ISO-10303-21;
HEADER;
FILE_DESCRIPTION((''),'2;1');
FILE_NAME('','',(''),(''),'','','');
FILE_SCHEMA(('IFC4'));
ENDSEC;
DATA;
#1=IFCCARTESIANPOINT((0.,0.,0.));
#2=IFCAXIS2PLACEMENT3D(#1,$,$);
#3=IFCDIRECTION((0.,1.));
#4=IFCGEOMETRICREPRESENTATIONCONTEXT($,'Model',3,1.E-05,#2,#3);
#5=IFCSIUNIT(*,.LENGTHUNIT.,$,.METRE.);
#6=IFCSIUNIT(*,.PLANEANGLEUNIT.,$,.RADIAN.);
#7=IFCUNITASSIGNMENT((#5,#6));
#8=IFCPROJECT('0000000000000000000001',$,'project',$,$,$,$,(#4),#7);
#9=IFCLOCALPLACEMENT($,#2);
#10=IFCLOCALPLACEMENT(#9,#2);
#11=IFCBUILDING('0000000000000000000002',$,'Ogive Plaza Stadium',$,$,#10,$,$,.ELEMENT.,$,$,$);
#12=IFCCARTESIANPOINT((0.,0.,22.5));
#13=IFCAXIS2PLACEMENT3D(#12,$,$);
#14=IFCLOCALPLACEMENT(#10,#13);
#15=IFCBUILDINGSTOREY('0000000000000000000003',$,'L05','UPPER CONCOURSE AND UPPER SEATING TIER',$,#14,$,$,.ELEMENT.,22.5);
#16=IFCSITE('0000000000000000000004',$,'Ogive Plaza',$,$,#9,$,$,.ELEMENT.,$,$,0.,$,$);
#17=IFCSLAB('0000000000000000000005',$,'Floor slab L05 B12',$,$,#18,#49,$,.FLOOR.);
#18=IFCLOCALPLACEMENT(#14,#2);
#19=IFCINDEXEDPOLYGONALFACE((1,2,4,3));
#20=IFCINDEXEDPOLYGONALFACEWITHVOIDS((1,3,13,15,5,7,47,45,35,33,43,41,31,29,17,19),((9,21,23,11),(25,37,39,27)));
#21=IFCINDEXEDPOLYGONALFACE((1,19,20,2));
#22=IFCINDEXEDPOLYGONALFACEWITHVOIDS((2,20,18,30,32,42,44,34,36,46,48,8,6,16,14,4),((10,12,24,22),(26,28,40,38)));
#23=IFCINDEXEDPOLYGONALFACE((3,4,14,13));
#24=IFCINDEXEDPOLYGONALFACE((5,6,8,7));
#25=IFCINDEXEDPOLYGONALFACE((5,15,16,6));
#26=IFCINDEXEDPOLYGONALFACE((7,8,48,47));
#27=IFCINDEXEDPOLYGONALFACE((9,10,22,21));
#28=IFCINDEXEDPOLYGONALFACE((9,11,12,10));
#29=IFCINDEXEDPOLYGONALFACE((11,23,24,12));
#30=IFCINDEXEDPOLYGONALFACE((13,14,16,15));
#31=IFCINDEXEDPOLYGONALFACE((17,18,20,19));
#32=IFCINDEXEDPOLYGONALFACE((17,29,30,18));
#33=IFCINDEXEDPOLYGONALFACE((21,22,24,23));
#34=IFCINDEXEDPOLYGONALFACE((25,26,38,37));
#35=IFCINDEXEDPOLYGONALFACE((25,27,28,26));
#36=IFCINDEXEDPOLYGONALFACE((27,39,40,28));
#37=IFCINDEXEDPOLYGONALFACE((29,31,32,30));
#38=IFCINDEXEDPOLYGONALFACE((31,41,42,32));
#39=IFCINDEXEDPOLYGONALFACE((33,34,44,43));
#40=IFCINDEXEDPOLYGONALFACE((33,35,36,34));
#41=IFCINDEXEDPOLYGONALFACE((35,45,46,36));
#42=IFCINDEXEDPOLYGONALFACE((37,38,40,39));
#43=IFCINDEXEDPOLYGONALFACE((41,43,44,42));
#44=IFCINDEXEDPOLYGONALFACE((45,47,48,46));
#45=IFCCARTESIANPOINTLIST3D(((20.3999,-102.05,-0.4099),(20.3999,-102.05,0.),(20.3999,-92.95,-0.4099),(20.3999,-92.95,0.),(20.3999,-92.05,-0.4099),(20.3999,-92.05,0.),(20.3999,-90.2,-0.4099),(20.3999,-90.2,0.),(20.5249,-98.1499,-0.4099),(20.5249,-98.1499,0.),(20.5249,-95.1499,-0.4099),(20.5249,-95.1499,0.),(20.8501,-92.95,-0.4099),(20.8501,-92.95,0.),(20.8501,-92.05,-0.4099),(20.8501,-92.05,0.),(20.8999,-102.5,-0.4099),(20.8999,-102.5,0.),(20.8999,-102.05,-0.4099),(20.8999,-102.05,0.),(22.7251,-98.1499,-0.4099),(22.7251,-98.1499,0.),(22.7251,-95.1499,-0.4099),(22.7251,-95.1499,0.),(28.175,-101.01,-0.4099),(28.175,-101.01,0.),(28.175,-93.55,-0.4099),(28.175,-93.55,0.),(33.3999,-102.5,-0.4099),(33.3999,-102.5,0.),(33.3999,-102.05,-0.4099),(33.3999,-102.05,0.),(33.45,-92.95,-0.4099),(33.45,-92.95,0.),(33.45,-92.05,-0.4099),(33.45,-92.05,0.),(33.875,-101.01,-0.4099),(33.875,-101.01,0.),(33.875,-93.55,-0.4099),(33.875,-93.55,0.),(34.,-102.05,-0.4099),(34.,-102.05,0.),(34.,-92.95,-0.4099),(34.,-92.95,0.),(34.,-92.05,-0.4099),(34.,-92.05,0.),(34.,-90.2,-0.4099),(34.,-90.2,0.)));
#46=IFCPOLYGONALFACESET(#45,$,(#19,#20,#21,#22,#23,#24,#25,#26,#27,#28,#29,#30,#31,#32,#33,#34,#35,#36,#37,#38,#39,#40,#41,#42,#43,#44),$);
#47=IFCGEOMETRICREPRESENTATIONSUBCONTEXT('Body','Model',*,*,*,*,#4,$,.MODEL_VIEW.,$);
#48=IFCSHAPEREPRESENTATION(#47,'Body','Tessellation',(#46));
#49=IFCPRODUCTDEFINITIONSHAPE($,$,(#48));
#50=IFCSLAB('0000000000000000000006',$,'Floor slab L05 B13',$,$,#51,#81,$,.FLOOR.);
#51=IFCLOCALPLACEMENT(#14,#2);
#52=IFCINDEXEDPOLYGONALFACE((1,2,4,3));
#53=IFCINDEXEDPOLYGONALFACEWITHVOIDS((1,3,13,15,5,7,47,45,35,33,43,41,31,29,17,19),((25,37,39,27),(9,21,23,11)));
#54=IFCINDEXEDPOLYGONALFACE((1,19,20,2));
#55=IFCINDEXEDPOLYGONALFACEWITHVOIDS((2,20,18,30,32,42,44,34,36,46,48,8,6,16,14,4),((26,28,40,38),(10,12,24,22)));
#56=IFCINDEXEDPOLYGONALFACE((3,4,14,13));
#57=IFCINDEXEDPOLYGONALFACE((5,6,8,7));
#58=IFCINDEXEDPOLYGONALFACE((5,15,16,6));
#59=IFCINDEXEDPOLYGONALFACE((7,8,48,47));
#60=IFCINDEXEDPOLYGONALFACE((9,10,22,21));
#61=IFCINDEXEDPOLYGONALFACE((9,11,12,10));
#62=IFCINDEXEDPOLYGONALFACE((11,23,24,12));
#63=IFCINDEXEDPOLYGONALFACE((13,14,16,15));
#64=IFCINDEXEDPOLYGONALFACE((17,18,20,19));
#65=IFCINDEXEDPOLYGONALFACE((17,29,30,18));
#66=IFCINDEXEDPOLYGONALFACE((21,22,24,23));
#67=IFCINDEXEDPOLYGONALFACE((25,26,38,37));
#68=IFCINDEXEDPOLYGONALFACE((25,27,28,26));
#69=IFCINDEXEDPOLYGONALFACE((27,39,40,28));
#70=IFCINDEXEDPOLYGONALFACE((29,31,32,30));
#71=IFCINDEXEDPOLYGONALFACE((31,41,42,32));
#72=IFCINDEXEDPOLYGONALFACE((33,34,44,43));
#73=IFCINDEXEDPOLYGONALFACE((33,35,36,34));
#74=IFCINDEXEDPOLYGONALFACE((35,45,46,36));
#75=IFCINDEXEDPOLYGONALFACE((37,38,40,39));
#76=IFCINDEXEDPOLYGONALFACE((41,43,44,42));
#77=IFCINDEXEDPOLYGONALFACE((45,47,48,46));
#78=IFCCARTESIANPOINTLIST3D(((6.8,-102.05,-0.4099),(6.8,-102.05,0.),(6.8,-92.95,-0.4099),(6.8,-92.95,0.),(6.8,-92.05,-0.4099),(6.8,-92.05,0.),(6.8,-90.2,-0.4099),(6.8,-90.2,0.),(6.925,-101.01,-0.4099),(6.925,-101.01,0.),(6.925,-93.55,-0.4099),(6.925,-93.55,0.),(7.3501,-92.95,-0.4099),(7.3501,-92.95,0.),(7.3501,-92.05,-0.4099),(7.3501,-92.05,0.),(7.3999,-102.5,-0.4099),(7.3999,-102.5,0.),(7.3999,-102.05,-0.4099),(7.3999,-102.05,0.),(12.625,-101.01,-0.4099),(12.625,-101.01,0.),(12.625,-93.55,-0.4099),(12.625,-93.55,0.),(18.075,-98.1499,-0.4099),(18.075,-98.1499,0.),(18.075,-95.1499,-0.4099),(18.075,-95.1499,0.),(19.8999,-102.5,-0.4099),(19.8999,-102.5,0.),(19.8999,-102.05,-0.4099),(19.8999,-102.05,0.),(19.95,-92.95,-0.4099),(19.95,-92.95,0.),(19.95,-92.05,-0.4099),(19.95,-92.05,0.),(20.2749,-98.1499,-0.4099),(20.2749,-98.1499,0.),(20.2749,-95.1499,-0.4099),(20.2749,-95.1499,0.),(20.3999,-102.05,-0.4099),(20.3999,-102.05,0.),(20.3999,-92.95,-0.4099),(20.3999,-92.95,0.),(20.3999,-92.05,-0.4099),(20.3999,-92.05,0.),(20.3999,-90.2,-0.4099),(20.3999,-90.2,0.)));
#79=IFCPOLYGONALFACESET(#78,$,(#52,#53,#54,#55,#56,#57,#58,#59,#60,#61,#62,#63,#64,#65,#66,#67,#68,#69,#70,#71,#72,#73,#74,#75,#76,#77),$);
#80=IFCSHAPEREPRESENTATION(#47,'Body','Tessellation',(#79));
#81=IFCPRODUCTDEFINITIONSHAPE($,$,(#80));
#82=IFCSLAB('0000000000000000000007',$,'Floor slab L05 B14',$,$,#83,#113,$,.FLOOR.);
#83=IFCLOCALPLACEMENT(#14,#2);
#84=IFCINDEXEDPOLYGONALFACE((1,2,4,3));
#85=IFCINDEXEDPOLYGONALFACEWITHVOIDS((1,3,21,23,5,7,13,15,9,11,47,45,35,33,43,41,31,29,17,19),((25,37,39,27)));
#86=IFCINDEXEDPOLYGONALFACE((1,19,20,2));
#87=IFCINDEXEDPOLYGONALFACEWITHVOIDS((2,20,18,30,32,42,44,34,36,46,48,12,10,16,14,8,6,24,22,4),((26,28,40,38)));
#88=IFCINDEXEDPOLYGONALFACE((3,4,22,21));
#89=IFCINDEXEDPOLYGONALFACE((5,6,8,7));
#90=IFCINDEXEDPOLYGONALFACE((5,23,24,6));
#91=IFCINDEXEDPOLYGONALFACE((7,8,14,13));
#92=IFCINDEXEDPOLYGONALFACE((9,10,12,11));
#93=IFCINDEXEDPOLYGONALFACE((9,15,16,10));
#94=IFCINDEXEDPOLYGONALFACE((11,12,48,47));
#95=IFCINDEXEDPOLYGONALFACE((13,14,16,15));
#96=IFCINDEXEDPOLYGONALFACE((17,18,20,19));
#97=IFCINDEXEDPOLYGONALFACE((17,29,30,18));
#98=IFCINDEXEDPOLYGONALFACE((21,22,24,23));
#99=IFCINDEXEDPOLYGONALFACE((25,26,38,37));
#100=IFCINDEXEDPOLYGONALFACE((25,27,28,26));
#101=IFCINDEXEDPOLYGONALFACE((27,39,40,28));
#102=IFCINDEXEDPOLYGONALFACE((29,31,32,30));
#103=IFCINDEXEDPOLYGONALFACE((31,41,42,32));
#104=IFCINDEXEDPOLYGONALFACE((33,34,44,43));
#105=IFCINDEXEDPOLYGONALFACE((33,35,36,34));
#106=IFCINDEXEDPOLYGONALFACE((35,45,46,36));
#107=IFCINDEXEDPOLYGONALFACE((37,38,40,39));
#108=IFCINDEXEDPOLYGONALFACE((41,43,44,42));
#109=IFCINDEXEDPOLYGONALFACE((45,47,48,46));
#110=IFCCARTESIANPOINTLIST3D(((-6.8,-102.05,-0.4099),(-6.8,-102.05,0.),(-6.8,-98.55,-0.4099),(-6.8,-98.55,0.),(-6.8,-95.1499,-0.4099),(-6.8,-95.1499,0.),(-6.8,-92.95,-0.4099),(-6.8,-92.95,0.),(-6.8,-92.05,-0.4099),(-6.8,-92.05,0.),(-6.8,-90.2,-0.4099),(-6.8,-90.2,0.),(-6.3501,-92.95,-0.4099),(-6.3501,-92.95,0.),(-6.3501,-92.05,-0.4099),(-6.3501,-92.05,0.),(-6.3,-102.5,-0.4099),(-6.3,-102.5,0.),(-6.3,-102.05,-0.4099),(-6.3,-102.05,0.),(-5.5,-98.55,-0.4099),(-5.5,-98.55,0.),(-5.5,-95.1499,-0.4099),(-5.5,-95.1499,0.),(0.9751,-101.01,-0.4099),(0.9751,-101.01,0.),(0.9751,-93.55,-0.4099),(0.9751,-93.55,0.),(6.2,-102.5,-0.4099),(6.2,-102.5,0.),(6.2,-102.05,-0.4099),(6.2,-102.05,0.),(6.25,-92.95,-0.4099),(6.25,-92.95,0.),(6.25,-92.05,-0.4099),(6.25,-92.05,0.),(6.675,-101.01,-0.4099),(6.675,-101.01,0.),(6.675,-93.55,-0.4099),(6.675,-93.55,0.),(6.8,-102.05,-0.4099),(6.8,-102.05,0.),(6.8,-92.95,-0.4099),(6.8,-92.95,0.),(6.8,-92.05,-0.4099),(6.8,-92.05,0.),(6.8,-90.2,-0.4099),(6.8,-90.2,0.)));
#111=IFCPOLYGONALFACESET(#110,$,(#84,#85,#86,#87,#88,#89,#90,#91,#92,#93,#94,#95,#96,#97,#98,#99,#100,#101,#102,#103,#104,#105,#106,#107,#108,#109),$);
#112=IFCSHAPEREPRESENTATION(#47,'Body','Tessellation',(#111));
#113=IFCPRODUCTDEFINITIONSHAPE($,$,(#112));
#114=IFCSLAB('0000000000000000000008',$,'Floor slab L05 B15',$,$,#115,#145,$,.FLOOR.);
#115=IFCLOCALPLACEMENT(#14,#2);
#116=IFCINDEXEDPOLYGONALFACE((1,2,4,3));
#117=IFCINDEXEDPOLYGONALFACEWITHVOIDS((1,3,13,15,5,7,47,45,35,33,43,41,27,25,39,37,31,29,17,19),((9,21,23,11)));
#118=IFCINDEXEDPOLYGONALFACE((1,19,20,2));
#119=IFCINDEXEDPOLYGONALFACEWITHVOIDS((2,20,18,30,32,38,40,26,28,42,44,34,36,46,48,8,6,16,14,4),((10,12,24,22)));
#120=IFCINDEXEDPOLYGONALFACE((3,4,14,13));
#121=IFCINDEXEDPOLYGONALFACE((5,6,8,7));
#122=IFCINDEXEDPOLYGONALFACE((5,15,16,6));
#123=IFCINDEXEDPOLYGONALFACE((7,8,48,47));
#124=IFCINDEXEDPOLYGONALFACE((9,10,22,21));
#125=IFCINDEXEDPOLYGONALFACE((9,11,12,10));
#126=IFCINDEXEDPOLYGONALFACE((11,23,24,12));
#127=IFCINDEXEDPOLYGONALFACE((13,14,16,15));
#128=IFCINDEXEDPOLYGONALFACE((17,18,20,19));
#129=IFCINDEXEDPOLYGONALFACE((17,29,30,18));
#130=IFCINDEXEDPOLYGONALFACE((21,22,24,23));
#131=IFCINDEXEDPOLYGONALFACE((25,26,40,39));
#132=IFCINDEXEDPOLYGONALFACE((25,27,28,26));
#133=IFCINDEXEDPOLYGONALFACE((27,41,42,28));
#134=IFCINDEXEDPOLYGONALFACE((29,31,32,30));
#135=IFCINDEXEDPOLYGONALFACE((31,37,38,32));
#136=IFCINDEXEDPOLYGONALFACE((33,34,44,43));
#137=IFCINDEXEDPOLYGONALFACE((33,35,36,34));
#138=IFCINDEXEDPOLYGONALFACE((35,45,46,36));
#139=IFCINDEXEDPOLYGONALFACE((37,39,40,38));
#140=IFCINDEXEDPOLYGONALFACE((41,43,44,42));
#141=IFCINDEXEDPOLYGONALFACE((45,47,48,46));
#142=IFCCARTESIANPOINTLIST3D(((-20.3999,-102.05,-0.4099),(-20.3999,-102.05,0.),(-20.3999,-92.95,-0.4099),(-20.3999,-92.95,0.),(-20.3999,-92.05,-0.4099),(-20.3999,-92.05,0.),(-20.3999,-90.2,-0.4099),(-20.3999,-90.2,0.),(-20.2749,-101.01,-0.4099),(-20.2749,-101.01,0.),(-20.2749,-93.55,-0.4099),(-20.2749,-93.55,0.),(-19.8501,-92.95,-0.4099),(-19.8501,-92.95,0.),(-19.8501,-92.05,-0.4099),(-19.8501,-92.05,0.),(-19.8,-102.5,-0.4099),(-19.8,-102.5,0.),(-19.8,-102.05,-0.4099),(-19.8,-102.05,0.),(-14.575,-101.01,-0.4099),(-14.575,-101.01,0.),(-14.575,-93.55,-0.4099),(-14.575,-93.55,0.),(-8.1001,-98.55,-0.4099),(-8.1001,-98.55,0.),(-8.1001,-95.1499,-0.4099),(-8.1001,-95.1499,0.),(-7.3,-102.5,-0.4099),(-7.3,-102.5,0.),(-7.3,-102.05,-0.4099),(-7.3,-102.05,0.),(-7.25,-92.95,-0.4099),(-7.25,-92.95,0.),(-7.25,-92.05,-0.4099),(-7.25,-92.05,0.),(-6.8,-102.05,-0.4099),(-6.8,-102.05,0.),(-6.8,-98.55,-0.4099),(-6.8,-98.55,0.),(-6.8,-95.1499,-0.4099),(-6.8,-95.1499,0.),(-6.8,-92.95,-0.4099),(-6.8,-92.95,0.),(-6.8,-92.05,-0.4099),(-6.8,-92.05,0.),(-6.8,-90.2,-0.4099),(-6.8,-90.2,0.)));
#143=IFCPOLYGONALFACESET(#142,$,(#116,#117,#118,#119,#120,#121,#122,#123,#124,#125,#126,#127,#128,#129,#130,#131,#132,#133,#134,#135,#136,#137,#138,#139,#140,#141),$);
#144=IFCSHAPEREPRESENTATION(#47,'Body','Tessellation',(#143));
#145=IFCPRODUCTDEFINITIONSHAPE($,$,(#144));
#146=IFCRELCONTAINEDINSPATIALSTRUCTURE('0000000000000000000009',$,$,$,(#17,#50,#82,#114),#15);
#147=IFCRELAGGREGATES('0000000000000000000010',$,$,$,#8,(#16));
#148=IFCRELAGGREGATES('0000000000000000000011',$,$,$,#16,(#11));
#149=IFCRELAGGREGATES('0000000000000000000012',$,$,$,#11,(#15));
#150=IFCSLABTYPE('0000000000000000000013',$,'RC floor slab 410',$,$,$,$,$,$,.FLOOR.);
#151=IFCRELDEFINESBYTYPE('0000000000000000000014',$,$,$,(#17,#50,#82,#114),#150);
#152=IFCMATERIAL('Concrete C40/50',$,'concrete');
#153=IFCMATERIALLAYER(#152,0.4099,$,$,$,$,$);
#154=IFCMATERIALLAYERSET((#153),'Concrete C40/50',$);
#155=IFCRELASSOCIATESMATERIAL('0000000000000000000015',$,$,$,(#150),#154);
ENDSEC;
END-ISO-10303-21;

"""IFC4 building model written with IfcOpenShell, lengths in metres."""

from ifc_helpers import new_model, si_unit, direction, frame, origin, place, context, subcontext, project, spatial, polyline, outline, extrude, material, layer, layer_set, type_object, element, save


model = new_model("IFC4")

# Units and contexts
model_context = context("Model", 3, precision=1e-05, world=origin(), true_north=direction((0.0, 1.0)))
body_context = subcontext(model_context, "Body", "Model", "MODEL_VIEW")
ifc_project = project(units=[si_unit("LENGTHUNIT", "METRE"), si_unit("PLANEANGLEUNIT", "RADIAN")], contexts=[model_context])

# Site, building, storey
site_placement = place(None, origin())
site = spatial("IfcSite", under=ifc_project, at=site_placement, Name="Ogive Plaza", CompositionType="ELEMENT", RefElevation=0.0)
building_placement = place(site_placement, origin())
building = spatial("IfcBuilding", under=site, at=building_placement, Name="Ogive Plaza Stadium", CompositionType="ELEMENT")
storey_placement = place(building_placement, frame((0.0, 0.0, 22.5)))
storey = spatial("IfcBuildingStorey", under=building, at=storey_placement, Name="L05", Description="UPPER CONCOURSE AND UPPER SEATING TIER", CompositionType="ELEMENT", Elevation=22.5)

# Slabs
ifc_material_1 = material(Name="Concrete C40/50", Category="concrete")
ifc_layer_1 = layer(ifc_material_1, 0.4099)
ifc_layer_set_1 = layer_set([ifc_layer_1], Name="Concrete C40/50")
slab_type = type_object("IfcSlabType", Name="RC floor slab 410", PredefinedType="FLOOR", material=ifc_layer_set_1)
slab_1_placement = place(storey_placement, frame((0.0, 0.0, -0.4099)))
element("IfcSlab", 1, at=slab_1_placement, inside=storey, type_object=slab_type, Name="Floor slab L05 B12", PredefinedType="FLOOR", context=body_context, shape_type="SweptSolid", body=[
    extrude(outline(polyline([(20.3999, -92.05), (20.8501, -92.05), (20.8501, -92.95), (20.3999, -92.95), (20.3999, -102.05), (20.8999, -102.05), (20.8999, -102.5), (33.3999, -102.5), (33.3999, -102.05), (34.0, -102.05), (34.0, -92.95), (33.45, -92.95), (33.45, -92.05), (34.0, -92.05), (34.0, -90.2), (20.3999, -90.2), (20.3999, -92.05)]), holes=[polyline([(33.875, -93.55), (28.175, -93.55), (28.175, -101.01), (33.875, -101.01), (33.875, -93.55)]), polyline([(20.5249, -95.1499), (20.5249, -98.1499), (22.7251, -98.1499), (22.7251, -95.1499), (20.5249, -95.1499)])]), origin(), (0.0, 0.0, 1.0), 0.4099),
])
slab_2_placement = place(storey_placement, frame((0.0, 0.0, -0.4099)))
element("IfcSlab", 2, at=slab_2_placement, inside=storey, type_object=slab_type, Name="Floor slab L05 B13", PredefinedType="FLOOR", context=body_context, shape_type="SweptSolid", body=[
    extrude(outline(polyline([(6.8, -92.05), (7.3501, -92.05), (7.3501, -92.95), (6.8, -92.95), (6.8, -102.05), (7.3999, -102.05), (7.3999, -102.5), (19.8999, -102.5), (19.8999, -102.05), (20.3999, -102.05), (20.3999, -92.95), (19.95, -92.95), (19.95, -92.05), (20.3999, -92.05), (20.3999, -90.2), (6.8, -90.2), (6.8, -92.05)]), holes=[polyline([(12.625, -93.55), (6.925, -93.55), (6.925, -101.01), (12.625, -101.01), (12.625, -93.55)]), polyline([(20.2749, -95.1499), (18.075, -95.1499), (18.075, -98.1499), (20.2749, -98.1499), (20.2749, -95.1499)])]), origin(), (0.0, 0.0, 1.0), 0.4099),
])
slab_3_placement = place(storey_placement, frame((0.0, 0.0, -0.4099)))
element("IfcSlab", 3, at=slab_3_placement, inside=storey, type_object=slab_type, Name="Floor slab L05 B14", PredefinedType="FLOOR", context=body_context, shape_type="SweptSolid", body=[
    extrude(outline(polyline([(-6.8, -92.05), (-6.3501, -92.05), (-6.3501, -92.95), (-6.8, -92.95), (-6.8, -95.1499), (-5.5, -95.1499), (-5.5, -98.55), (-6.8, -98.55), (-6.8, -102.05), (-6.3, -102.05), (-6.3, -102.5), (6.2, -102.5), (6.2, -102.05), (6.8, -102.05), (6.8, -92.95), (6.25, -92.95), (6.25, -92.05), (6.8, -92.05), (6.8, -90.2), (-6.8, -90.2), (-6.8, -92.05)]), holes=[polyline([(6.675, -93.55), (0.9751, -93.55), (0.9751, -101.01), (6.675, -101.01), (6.675, -93.55)])]), origin(), (0.0, 0.0, 1.0), 0.4099),
])
slab_4_placement = place(storey_placement, frame((0.0, 0.0, -0.4099)))
element("IfcSlab", 4, at=slab_4_placement, inside=storey, type_object=slab_type, Name="Floor slab L05 B15", PredefinedType="FLOOR", context=body_context, shape_type="SweptSolid", body=[
    extrude(outline(polyline([(-20.3999, -92.05), (-19.8501, -92.05), (-19.8501, -92.95), (-20.3999, -92.95), (-20.3999, -102.05), (-19.8, -102.05), (-19.8, -102.5), (-7.3, -102.5), (-7.3, -102.05), (-6.8, -102.05), (-6.8, -98.55), (-8.1001, -98.55), (-8.1001, -95.1499), (-6.8, -95.1499), (-6.8, -92.95), (-7.25, -92.95), (-7.25, -92.05), (-6.8, -92.05), (-6.8, -90.2), (-20.3999, -90.2), (-20.3999, -92.05)]), holes=[polyline([(-14.575, -93.55), (-20.2749, -93.55), (-20.2749, -101.01), (-14.575, -101.01), (-14.575, -93.55)])]), origin(), (0.0, 0.0, 1.0), 0.4099),
])

save(model, "model.ifc")
